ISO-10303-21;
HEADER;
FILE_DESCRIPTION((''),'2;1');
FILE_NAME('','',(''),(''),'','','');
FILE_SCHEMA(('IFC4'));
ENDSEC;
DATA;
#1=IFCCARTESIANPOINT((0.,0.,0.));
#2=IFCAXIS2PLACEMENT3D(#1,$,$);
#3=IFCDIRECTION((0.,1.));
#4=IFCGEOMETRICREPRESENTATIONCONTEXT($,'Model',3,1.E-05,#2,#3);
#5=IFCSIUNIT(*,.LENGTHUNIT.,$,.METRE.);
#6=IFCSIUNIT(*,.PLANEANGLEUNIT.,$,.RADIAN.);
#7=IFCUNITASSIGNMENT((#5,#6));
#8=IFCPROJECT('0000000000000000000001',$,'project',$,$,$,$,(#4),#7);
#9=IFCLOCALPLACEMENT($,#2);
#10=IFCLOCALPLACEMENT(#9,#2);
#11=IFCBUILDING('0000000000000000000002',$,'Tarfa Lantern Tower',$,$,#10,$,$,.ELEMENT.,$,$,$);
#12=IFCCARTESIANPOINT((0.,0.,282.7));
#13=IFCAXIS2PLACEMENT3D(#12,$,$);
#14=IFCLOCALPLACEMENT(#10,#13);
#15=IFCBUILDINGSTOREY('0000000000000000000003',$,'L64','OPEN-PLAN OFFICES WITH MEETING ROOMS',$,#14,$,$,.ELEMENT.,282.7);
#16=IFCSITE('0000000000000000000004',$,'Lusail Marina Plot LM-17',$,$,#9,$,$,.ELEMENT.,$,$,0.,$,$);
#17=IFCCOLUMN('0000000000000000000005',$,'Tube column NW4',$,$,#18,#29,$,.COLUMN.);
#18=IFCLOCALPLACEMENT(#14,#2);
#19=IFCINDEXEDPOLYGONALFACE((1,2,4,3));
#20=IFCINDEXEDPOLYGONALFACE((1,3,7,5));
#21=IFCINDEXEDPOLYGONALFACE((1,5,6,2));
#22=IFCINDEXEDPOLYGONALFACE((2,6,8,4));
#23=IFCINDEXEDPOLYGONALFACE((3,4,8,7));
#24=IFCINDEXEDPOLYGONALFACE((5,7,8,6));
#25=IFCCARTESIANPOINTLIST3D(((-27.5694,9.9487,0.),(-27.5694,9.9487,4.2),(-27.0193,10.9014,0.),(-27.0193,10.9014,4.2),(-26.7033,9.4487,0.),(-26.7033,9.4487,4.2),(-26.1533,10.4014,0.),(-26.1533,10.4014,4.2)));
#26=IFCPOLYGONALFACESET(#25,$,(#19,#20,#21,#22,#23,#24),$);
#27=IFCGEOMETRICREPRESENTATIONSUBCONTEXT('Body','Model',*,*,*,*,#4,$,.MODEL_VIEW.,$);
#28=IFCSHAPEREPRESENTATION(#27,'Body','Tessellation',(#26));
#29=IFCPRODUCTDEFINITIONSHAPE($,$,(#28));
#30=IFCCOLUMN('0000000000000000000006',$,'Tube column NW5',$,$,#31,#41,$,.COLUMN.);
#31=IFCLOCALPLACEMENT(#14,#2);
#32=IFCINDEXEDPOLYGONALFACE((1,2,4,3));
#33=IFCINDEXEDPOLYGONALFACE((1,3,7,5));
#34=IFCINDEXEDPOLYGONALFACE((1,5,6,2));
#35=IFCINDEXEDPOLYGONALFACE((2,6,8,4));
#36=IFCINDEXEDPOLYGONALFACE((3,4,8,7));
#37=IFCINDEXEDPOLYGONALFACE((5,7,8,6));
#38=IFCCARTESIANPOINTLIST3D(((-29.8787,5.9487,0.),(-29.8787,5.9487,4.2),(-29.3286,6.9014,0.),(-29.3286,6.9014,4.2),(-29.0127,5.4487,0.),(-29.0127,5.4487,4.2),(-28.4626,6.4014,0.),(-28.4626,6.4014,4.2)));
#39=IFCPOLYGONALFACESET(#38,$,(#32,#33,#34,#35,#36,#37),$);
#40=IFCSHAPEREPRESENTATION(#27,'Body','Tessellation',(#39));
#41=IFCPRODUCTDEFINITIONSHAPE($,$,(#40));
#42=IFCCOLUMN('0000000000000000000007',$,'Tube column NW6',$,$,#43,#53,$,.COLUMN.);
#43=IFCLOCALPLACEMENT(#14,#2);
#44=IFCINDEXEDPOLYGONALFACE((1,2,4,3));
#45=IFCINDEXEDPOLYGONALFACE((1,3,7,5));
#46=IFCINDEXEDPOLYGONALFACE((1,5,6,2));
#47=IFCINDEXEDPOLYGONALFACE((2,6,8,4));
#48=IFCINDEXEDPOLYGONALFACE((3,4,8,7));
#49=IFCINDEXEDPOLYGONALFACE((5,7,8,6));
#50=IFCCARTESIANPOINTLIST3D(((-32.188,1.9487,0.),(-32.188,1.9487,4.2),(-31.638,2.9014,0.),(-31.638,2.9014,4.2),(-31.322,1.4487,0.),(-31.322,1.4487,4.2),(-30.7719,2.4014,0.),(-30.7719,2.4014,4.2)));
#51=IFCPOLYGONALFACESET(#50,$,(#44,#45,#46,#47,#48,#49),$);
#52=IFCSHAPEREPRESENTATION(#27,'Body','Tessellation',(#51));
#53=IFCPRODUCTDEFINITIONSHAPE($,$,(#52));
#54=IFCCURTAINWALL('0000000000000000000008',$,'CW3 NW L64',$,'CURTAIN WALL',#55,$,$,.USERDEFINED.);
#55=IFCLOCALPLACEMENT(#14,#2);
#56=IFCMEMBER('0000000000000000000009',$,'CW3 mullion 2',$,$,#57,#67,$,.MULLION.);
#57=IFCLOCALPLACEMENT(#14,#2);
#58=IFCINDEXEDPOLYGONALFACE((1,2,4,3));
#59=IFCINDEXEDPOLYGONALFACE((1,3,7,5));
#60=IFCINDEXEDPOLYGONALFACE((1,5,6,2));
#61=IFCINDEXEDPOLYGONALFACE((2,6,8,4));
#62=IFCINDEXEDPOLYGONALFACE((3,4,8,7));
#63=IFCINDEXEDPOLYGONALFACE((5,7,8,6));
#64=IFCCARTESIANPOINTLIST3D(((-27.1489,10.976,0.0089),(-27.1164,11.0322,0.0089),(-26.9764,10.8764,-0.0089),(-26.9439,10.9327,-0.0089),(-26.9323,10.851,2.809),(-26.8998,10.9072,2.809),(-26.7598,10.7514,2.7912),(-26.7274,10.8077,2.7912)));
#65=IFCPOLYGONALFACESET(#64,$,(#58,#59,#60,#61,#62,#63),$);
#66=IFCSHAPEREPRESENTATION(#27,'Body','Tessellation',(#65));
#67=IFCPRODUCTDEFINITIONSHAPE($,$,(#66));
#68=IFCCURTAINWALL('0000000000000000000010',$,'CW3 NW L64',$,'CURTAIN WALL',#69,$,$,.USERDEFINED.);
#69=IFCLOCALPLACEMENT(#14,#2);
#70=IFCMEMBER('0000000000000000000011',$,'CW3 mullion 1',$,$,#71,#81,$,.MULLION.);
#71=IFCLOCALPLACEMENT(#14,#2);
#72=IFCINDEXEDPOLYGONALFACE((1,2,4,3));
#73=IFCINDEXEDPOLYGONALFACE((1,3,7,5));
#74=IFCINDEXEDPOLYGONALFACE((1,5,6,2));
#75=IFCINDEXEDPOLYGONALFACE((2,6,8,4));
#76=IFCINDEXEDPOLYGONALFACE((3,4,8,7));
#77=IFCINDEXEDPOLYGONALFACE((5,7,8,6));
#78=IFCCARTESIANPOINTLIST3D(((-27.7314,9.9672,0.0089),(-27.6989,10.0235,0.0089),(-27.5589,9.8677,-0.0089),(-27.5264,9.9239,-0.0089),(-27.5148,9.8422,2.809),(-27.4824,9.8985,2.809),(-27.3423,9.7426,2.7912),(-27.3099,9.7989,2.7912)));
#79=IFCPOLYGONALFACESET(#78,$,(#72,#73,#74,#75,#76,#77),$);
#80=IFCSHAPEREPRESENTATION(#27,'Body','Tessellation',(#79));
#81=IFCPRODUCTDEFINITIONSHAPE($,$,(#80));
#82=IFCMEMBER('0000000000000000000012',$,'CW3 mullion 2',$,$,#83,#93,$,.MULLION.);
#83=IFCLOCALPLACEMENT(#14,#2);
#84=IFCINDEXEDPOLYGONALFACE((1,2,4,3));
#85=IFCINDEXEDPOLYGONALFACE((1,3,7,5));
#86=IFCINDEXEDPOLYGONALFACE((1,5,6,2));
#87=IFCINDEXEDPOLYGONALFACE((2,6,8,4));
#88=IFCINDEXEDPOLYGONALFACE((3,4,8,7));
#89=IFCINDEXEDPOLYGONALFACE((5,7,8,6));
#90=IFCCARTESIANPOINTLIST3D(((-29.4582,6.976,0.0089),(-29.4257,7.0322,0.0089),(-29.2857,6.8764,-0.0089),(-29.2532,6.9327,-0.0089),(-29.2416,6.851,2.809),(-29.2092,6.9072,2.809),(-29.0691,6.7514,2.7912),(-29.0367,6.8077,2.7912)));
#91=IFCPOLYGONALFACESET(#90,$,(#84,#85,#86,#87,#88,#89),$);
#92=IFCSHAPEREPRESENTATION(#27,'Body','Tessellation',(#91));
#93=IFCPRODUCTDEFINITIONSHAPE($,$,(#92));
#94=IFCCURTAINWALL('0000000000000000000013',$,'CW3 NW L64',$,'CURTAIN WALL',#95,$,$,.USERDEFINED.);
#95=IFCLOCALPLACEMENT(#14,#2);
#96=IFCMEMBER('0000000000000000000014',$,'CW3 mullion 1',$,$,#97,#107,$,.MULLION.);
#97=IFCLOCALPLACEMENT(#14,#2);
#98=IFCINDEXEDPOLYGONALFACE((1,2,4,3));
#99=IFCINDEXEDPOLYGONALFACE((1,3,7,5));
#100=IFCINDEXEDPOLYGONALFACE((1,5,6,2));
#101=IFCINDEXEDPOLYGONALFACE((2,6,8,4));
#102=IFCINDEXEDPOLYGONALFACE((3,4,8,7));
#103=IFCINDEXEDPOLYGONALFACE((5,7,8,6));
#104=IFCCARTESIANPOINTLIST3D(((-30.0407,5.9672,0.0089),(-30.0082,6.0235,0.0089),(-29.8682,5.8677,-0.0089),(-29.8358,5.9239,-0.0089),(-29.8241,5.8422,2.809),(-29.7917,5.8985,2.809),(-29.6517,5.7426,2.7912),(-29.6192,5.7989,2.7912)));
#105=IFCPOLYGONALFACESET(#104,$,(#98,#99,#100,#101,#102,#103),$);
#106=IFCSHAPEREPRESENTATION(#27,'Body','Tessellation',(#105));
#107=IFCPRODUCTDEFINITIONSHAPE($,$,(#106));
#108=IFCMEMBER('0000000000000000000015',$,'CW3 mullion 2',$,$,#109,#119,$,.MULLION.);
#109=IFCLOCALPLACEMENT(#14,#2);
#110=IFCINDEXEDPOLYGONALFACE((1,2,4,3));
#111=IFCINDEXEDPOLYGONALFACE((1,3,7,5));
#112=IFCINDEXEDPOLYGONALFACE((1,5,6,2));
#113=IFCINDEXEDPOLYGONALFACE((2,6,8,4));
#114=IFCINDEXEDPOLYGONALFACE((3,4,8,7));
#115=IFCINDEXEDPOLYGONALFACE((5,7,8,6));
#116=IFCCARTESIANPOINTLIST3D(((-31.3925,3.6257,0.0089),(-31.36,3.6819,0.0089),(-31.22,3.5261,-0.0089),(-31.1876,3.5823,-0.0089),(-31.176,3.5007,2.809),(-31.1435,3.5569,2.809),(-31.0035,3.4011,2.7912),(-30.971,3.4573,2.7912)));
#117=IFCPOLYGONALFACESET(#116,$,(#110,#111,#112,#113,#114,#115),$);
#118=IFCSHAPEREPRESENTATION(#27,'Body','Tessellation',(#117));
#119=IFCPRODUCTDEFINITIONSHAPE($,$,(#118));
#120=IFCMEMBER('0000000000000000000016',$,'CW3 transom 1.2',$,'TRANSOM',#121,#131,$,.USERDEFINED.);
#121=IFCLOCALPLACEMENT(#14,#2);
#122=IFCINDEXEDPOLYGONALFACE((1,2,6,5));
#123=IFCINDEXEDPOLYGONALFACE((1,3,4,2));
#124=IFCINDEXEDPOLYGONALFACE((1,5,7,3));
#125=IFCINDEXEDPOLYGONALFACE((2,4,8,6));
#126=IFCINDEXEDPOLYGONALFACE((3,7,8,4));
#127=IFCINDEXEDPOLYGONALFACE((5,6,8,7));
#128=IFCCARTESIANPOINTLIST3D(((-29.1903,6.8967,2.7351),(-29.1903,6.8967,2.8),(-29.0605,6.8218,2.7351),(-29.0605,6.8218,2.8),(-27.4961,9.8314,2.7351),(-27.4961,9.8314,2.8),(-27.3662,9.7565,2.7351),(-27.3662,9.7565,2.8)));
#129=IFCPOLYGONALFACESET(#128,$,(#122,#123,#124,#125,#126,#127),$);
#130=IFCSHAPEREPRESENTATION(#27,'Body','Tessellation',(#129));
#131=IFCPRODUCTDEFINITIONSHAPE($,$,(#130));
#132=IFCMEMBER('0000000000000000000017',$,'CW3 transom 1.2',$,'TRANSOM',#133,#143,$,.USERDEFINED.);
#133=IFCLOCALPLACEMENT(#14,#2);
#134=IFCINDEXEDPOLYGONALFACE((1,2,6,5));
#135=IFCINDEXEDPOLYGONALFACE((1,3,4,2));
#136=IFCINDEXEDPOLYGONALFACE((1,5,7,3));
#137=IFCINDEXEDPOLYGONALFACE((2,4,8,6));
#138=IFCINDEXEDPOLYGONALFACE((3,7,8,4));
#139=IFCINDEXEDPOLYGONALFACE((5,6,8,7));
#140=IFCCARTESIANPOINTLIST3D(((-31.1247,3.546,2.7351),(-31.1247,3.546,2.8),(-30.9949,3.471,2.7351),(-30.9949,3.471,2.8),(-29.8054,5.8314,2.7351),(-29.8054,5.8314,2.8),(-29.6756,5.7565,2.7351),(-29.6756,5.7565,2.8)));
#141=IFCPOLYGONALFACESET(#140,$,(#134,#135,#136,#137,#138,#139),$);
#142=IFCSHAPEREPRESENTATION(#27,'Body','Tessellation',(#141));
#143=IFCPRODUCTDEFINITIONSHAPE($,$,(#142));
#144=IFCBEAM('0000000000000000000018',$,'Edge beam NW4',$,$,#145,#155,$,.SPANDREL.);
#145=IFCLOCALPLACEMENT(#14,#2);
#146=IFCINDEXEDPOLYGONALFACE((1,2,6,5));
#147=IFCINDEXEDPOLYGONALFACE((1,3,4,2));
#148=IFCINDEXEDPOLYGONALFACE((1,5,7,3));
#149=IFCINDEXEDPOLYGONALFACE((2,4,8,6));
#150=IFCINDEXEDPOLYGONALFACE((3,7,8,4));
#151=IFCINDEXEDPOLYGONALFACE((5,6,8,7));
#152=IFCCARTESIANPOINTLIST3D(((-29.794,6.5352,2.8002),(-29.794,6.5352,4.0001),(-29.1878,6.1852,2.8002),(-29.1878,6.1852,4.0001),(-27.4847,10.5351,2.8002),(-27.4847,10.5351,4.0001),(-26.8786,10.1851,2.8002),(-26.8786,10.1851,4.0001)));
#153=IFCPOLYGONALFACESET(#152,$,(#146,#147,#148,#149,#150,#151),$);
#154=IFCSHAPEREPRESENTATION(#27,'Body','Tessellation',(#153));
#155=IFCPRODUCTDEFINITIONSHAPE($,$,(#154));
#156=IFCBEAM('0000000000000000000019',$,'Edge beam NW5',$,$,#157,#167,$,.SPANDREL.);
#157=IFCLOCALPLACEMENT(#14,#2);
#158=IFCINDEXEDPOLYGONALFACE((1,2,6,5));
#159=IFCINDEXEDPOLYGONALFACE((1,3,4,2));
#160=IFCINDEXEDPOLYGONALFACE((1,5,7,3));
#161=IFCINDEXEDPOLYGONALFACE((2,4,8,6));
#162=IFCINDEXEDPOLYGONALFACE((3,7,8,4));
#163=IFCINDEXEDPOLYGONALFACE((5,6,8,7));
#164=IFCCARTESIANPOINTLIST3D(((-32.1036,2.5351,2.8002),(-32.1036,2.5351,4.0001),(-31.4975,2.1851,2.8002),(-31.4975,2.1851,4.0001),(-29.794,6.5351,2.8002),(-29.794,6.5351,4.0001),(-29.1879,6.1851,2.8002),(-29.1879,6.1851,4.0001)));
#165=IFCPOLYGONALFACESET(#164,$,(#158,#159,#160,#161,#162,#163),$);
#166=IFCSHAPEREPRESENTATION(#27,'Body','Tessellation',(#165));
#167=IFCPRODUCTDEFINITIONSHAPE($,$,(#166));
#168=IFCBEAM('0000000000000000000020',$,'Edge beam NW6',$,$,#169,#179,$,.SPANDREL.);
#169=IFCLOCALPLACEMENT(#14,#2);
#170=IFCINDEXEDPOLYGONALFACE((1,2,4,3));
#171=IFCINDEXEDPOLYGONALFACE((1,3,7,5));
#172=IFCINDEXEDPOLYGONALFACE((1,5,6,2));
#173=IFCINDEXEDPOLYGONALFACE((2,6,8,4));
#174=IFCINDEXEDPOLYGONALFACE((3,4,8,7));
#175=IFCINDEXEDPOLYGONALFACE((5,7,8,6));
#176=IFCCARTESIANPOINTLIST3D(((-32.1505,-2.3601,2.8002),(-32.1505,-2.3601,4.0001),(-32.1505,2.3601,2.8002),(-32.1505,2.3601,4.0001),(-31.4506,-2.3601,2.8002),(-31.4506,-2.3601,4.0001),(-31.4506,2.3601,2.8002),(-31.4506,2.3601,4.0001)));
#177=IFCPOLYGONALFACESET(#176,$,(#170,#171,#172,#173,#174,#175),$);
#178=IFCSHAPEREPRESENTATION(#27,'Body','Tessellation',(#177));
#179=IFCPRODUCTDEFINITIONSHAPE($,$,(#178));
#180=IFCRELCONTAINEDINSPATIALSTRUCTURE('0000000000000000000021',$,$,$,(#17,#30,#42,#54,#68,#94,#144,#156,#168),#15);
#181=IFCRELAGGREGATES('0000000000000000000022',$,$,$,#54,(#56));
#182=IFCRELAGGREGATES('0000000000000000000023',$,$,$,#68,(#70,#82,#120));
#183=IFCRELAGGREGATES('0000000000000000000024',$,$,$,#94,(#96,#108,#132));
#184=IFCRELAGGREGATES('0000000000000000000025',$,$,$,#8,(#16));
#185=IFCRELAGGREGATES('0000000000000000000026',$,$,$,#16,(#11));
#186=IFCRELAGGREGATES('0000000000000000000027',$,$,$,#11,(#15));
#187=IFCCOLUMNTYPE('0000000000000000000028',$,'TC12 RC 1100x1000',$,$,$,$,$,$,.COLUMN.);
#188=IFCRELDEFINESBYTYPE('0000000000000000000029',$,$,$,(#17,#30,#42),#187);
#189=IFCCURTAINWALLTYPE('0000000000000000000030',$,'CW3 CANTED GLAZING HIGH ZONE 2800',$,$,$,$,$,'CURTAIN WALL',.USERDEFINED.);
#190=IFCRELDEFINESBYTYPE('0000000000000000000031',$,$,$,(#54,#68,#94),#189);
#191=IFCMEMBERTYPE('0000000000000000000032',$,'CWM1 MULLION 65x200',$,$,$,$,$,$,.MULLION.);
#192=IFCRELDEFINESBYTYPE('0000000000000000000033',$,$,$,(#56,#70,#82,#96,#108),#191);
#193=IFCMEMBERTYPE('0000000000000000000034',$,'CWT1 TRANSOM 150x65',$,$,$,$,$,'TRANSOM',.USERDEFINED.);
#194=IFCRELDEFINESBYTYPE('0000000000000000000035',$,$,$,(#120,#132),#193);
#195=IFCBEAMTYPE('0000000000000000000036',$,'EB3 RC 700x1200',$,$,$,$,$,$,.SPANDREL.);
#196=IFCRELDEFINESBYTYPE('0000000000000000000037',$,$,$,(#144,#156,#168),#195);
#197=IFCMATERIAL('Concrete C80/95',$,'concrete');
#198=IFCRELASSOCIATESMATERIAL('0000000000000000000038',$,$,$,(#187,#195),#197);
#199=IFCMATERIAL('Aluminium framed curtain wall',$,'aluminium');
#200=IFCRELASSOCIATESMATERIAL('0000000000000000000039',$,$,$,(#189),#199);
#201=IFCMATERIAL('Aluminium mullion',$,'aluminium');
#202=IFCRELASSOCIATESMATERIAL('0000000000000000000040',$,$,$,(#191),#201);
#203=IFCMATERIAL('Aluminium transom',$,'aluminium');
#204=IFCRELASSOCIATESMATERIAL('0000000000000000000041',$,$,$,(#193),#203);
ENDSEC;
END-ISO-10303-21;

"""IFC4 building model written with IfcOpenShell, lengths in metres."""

from ifc_helpers import new_model, si_unit, direction, frame, origin, origin_2d, place, context, subcontext, project, spatial, rectangle, extrude, material, material_profile, profile_set, type_object, element, aggregate, save


model = new_model("IFC4")

# Units and contexts
model_context = context("Model", 3, precision=1e-05, world=origin(), true_north=direction((0.0, 1.0)))
body_context = subcontext(model_context, "Body", "Model", "MODEL_VIEW")
ifc_project = project(units=[si_unit("LENGTHUNIT", "METRE"), si_unit("PLANEANGLEUNIT", "RADIAN")], contexts=[model_context])

# Site, building, storey
site_placement = place(None, origin())
site = spatial("IfcSite", under=ifc_project, at=site_placement, Name="Lusail Marina Plot LM-17", CompositionType="ELEMENT", RefElevation=0.0)
building_placement = place(site_placement, origin())
building = spatial("IfcBuilding", under=site, at=building_placement, Name="Tarfa Lantern Tower", CompositionType="ELEMENT")
storey_placement = place(building_placement, frame((0.0, 0.0, 282.7)))
storey = spatial("IfcBuildingStorey", under=building, at=storey_placement, Name="L64", Description="OPEN-PLAN OFFICES WITH MEETING ROOMS", CompositionType="ELEMENT", Elevation=282.7)

# Columns
ifc_material_1 = material(Name="Concrete C80/95", Category="concrete")
ifc_material_profile_1 = material_profile(ifc_material_1, rectangle(XDim=1.1001, YDim=1.0, at=origin_2d()), Name="RC 1100x1000")
ifc_profile_set_1 = profile_set([ifc_material_profile_1], Name="Concrete C80/95")
column_type = type_object("IfcColumnType", Name="TC12 RC 1100x1000", PredefinedType="COLUMN", material=ifc_profile_set_1)
for number, where, z_axis, x_axis, name in (
    (1, (-26.8613, 10.175, 0.0), (0.0, 0.0, 1.0), (-0.5, -0.866025, 0.0), "Tube column NW4"),
    (2, (-29.1707, 6.175, 0.0), (0.0, 0.0, 1.0), (-0.5, -0.866025, 0.0), "Tube column NW5"),
    (3, (-31.48, 2.175, 0.0), (0.0, 0.0, 1.0), (-0.5, -0.866025, 0.0), "Tube column NW6"),
):
    element("IfcColumn", number, at=place(storey_placement, frame(where, z_axis=z_axis, x_axis=x_axis)), inside=storey, type_object=column_type, Name=name, PredefinedType="COLUMN", context=body_context, shape_type="SweptSolid", body=[
        extrude(rectangle(XDim=1.1001, YDim=1.0, at=origin_2d()), origin(), (0.0, 0.0, 1.0), 4.2),
    ])

# Curtain wall, member
ifc_material_2 = material(Name="Aluminium framed curtain wall", Category="aluminium")
curtain_wall_type = type_object("IfcCurtainWallType", Name="CW3 CANTED GLAZING HIGH ZONE 2800", ElementType="CURTAIN WALL", PredefinedType="USERDEFINED", material=ifc_material_2)
curtain_wall_1_placement = place(storey_placement, origin())
curtain_wall_1 = element("IfcCurtainWall", 4, at=curtain_wall_1_placement, inside=storey, type_object=curtain_wall_type, Name="CW3 NW L64", ObjectType="CURTAIN WALL", PredefinedType="USERDEFINED")
ifc_material_3 = material(Name="Aluminium mullion", Category="aluminium")
ifc_material_profile_2 = material_profile(ifc_material_3, rectangle(XDim=0.0649, YDim=0.2, at=origin_2d()), Name="AL MULLION 65x200")
ifc_profile_set_2 = profile_set([ifc_material_profile_2], Name="Aluminium mullion")
member_type_1 = type_object("IfcMemberType", Name="CWM1 MULLION 65x200", PredefinedType="MULLION", material=ifc_profile_set_2)
member_1_placement = place(storey_placement, frame((-27.0464, 10.9543, 0.0), z_axis=(0.077032, -0.044465, 0.996037), x_axis=(0.49992, 0.866072, 0.0)))
member_1 = element("IfcMember", 5, at=member_1_placement, type_object=member_type_1, Name="CW3 mullion 2", PredefinedType="MULLION", context=body_context, shape_type="SweptSolid", body=[
    extrude(rectangle(XDim=0.0649, YDim=0.2, at=origin_2d()), origin(), (0.0, 0.0, 1.0), 2.8113),
])
aggregate(curtain_wall_1, [member_1])

# Curtain walls, members
curtain_wall_2_placement = place(storey_placement, origin())
curtain_wall_2 = element("IfcCurtainWall", 6, at=curtain_wall_2_placement, inside=storey, type_object=curtain_wall_type, Name="CW3 NW L64", ObjectType="CURTAIN WALL", PredefinedType="USERDEFINED")
member_2_placement = place(storey_placement, frame((-27.6289, 9.9456, 0.0), z_axis=(0.077032, -0.044465, 0.996037), x_axis=(0.49992, 0.866072, 0.0)))
member_2 = element("IfcMember", 7, at=member_2_placement, type_object=member_type_1, Name="CW3 mullion 1", PredefinedType="MULLION", context=body_context, shape_type="SweptSolid", body=[
    extrude(rectangle(XDim=0.0649, YDim=0.2, at=origin_2d()), origin(), (0.0, 0.0, 1.0), 2.8113),
])
member_3_placement = place(storey_placement, frame((-29.3557, 6.9543, 0.0), z_axis=(0.077032, -0.044465, 0.996037), x_axis=(0.49992, 0.866072, 0.0)))
member_3 = element("IfcMember", 8, at=member_3_placement, type_object=member_type_1, Name="CW3 mullion 2", PredefinedType="MULLION", context=body_context, shape_type="SweptSolid", body=[
    extrude(rectangle(XDim=0.0649, YDim=0.2, at=origin_2d()), origin(), (0.0, 0.0, 1.0), 2.8113),
])
curtain_wall_3_placement = place(storey_placement, origin())
curtain_wall_3 = element("IfcCurtainWall", 9, at=curtain_wall_3_placement, inside=storey, type_object=curtain_wall_type, Name="CW3 NW L64", ObjectType="CURTAIN WALL", PredefinedType="USERDEFINED")
member_4_placement = place(storey_placement, frame((-29.9382, 5.9456, 0.0), z_axis=(0.077032, -0.044465, 0.996037), x_axis=(0.49992, 0.866072, 0.0)))
member_4 = element("IfcMember", 10, at=member_4_placement, type_object=member_type_1, Name="CW3 mullion 1", PredefinedType="MULLION", context=body_context, shape_type="SweptSolid", body=[
    extrude(rectangle(XDim=0.0649, YDim=0.2, at=origin_2d()), origin(), (0.0, 0.0, 1.0), 2.8113),
])
member_5_placement = place(storey_placement, frame((-31.29, 3.604, 0.0), z_axis=(0.077032, -0.044465, 0.996037), x_axis=(0.49992, 0.866072, 0.0)))
member_5 = element("IfcMember", 11, at=member_5_placement, type_object=member_type_1, Name="CW3 mullion 2", PredefinedType="MULLION", context=body_context, shape_type="SweptSolid", body=[
    extrude(rectangle(XDim=0.0649, YDim=0.2, at=origin_2d()), origin(), (0.0, 0.0, 1.0), 2.8113),
])

# Members
ifc_material_4 = material(Name="Aluminium transom", Category="aluminium")
ifc_material_profile_3 = material_profile(ifc_material_4, rectangle(XDim=0.1499, YDim=0.0649, at=origin_2d()), Name="AL TRANSOM 150x65")
ifc_profile_set_3 = profile_set([ifc_material_profile_3], Name="Aluminium transom")
member_type_2 = type_object("IfcMemberType", Name="CWT1 TRANSOM 150x65", ElementType="TRANSOM", PredefinedType="USERDEFINED", material=ifc_profile_set_3)
member_6_placement = place(storey_placement, frame((-27.4312, 9.7939, 2.7676), z_axis=(-0.499982, -0.866036, 0.0), x_axis=(0.866036, -0.499982, 0.0)))
member_6 = element("IfcMember", 12, at=member_6_placement, type_object=member_type_2, Name="CW3 transom 1.2", ObjectType="TRANSOM", PredefinedType="USERDEFINED", context=body_context, shape_type="SweptSolid", body=[
    extrude(rectangle(XDim=0.1499, YDim=0.0649, at=origin_2d()), origin(), (0.0, 0.0, 1.0), 3.3887),
])
member_7_placement = place(storey_placement, frame((-29.7405, 5.7939, 2.7676), z_axis=(-0.49996, -0.866048, 0.0), x_axis=(0.866048, -0.49996, 0.0)))
member_7 = element("IfcMember", 13, at=member_7_placement, type_object=member_type_2, Name="CW3 transom 1.2", ObjectType="TRANSOM", PredefinedType="USERDEFINED", context=body_context, shape_type="SweptSolid", body=[
    extrude(rectangle(XDim=0.1499, YDim=0.0649, at=origin_2d()), origin(), (0.0, 0.0, 1.0), 2.6389),
])

# Beams
ifc_material_profile_4 = material_profile(ifc_material_1, rectangle(XDim=0.7, YDim=1.2, at=origin_2d()), Name="RC 700x1200")
ifc_profile_set_4 = profile_set([ifc_material_profile_4], Name="Concrete C80/95")
beam_type_1 = type_object("IfcBeamType", Name="EB3 RC 700x1200", PredefinedType="SPANDREL", material=ifc_profile_set_4)
beam_1_placement = place(storey_placement, frame((-27.1816, 10.3601, 3.4001), z_axis=(-0.499988, -0.866032, 0.0), x_axis=(0.866032, -0.499988, 0.0)))
element("IfcBeam", 14, at=beam_1_placement, inside=storey, type_object=beam_type_1, Name="Edge beam NW4", PredefinedType="SPANDREL", context=body_context, shape_type="SweptSolid", body=[
    extrude(rectangle(XDim=0.7, YDim=1.2, at=origin_2d()), origin(), (0.0, 0.0, 1.0), 4.6187),
])
beam_2_placement = place(storey_placement, frame((-29.491, 6.3601, 3.4001), z_axis=(-0.500027, -0.86601, 0.0), x_axis=(0.86601, -0.500027, 0.0)))
element("IfcBeam", 15, at=beam_2_placement, inside=storey, type_object=beam_type_1, Name="Edge beam NW5", PredefinedType="SPANDREL", context=body_context, shape_type="SweptSolid", body=[
    extrude(rectangle(XDim=0.7, YDim=1.2, at=origin_2d()), origin(), (0.0, 0.0, 1.0), 4.6189),
])
beam_3_placement = place(storey_placement, frame((-31.8005, 2.3601, 3.4001), z_axis=(0.0, -1.0, 0.0), x_axis=(1.0, 0.0, 0.0)))
element("IfcBeam", 16, at=beam_3_placement, inside=storey, type_object=beam_type_1, Name="Edge beam NW6", PredefinedType="SPANDREL", context=body_context, shape_type="SweptSolid", body=[
    extrude(rectangle(XDim=0.7, YDim=1.2, at=origin_2d()), origin(), (0.0, 0.0, 1.0), 4.7202),
])

aggregate(curtain_wall_2, [member_2, member_3, member_6])
aggregate(curtain_wall_3, [member_4, member_5, member_7])

save(model, "model.ifc")
